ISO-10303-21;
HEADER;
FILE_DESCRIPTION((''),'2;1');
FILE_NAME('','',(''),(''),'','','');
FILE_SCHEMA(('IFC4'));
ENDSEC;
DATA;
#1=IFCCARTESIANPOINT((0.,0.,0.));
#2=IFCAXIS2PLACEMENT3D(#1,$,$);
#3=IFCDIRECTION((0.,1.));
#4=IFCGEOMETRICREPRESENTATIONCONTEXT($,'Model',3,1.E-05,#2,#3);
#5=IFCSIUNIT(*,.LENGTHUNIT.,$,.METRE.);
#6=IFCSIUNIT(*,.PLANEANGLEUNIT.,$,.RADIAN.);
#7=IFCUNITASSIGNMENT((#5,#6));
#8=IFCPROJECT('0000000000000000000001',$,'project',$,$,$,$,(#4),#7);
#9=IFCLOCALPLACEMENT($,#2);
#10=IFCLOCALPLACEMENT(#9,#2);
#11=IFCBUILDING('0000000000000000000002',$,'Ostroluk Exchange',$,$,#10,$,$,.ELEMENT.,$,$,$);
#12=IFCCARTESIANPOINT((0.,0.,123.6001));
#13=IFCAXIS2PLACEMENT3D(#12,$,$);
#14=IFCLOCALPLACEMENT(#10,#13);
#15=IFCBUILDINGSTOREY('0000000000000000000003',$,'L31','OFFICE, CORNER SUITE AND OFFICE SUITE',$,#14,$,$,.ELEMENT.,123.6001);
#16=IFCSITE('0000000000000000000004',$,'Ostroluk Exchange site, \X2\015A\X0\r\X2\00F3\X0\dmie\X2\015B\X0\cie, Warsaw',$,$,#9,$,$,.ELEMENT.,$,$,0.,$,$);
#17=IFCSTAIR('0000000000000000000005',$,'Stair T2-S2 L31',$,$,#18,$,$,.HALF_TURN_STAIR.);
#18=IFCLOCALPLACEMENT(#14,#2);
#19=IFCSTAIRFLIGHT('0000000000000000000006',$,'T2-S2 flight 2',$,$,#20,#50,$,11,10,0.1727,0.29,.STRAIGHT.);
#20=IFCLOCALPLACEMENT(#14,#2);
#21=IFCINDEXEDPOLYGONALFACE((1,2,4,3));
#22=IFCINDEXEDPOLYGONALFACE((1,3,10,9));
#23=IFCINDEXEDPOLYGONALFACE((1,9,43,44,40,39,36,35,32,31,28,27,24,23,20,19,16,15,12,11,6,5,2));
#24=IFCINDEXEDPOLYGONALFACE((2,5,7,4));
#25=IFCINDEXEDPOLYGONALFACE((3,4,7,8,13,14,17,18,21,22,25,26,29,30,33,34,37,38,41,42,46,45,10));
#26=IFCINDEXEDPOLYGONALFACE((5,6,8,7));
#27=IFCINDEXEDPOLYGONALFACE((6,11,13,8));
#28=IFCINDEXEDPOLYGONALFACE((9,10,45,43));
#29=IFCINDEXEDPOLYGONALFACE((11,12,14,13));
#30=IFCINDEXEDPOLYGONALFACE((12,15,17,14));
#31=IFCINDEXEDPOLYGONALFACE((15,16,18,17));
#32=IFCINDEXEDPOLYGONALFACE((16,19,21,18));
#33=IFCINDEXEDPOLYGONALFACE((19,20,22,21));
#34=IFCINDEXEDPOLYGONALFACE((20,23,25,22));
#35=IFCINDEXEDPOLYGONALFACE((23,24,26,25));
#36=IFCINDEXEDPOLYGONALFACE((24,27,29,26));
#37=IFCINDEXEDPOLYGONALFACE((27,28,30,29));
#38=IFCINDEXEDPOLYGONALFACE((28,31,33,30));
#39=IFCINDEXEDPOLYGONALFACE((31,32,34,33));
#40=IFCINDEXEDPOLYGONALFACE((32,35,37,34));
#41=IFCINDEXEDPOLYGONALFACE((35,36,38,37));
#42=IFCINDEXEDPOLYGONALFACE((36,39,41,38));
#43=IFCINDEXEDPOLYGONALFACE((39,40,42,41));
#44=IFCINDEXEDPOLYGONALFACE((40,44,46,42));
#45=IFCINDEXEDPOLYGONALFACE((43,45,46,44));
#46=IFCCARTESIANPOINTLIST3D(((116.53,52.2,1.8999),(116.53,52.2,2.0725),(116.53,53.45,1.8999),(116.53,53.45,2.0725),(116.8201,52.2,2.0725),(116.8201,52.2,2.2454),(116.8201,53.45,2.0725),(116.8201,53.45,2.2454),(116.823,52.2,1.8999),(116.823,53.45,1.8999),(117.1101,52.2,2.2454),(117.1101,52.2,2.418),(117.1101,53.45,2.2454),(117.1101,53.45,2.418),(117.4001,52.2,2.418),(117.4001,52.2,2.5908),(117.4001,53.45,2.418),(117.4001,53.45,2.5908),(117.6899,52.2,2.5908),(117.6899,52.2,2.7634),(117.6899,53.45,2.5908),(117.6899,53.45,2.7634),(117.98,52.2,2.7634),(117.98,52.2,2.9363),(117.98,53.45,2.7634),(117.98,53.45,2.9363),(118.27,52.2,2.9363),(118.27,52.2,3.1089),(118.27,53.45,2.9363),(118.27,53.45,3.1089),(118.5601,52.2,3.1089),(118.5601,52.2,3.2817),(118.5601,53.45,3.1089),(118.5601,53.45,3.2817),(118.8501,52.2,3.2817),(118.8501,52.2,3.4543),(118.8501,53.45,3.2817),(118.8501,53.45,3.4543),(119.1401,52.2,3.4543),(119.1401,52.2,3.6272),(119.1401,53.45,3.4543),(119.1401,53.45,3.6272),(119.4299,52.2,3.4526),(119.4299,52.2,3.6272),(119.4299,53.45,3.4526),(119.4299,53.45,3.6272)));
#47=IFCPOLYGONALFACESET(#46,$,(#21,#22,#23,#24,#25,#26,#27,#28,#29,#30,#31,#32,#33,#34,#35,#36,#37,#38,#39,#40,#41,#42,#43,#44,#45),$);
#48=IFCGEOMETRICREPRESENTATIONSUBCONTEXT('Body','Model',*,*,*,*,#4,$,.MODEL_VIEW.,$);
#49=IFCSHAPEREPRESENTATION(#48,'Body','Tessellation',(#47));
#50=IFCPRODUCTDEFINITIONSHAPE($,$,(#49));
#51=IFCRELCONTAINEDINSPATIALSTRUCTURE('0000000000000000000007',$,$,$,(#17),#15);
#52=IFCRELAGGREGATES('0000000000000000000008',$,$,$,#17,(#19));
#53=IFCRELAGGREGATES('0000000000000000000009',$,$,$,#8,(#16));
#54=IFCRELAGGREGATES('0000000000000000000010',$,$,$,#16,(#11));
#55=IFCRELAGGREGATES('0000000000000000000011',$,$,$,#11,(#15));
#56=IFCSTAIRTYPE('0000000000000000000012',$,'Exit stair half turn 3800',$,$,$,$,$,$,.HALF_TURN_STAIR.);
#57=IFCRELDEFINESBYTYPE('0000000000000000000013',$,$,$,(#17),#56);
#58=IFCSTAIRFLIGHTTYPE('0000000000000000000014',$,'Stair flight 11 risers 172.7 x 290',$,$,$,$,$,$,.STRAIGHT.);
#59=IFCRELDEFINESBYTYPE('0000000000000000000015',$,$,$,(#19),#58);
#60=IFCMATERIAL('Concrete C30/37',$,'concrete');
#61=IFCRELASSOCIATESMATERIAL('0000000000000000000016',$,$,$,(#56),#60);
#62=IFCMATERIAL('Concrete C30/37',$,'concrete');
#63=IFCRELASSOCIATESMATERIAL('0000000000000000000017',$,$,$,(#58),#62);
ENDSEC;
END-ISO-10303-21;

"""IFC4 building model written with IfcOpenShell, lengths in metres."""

from ifc_helpers import new_model, si_unit, direction, frame, origin, place, context, subcontext, project, spatial, polyline, outline, extrude, material, type_object, element, aggregate, save


model = new_model("IFC4")

# Units and contexts
model_context = context("Model", 3, precision=1e-05, world=origin(), true_north=direction((0.0, 1.0)))
body_context = subcontext(model_context, "Body", "Model", "MODEL_VIEW")
ifc_project = project(units=[si_unit("LENGTHUNIT", "METRE"), si_unit("PLANEANGLEUNIT", "RADIAN")], contexts=[model_context])

# Site, building, storey
site_placement = place(None, origin())
site = spatial("IfcSite", under=ifc_project, at=site_placement, Name="Ostroluk Exchange site, Śródmieście, Warsaw", CompositionType="ELEMENT", RefElevation=0.0)
building_placement = place(site_placement, origin())
building = spatial("IfcBuilding", under=site, at=building_placement, Name="Ostroluk Exchange", CompositionType="ELEMENT")
storey_placement = place(building_placement, frame((0.0, 0.0, 123.6001)))
storey = spatial("IfcBuildingStorey", under=building, at=storey_placement, Name="L31", Description="OFFICE, CORNER SUITE AND OFFICE SUITE", CompositionType="ELEMENT", Elevation=123.6001)

# Stair, stair flight
ifc_material_1 = material(Name="Concrete C30/37", Category="concrete")
stair_type = type_object("IfcStairType", Name="Exit stair half turn 3800", PredefinedType="HALF_TURN_STAIR", material=ifc_material_1)
stair_placement = place(storey_placement, origin())
stair = element("IfcStair", 1, at=stair_placement, inside=storey, type_object=stair_type, Name="Stair T2-S2 L31", PredefinedType="HALF_TURN_STAIR")
ifc_material_2 = material(Name="Concrete C30/37", Category="concrete")
stair_flight_type = type_object("IfcStairFlightType", Name="Stair flight 11 risers 172.7 x 290", PredefinedType="STRAIGHT", material=ifc_material_2)
stair_flight_1_placement = place(storey_placement, frame((116.53, 52.825, 1.8999), z_axis=(0.0, 0.0, 1.0), x_axis=(1.0, 0.0, 0.0)))
stair_flight_1 = element("IfcStairFlight", 2, at=stair_flight_1_placement, type_object=stair_flight_type, Name="T2-S2 flight 2", NumberOfRisers=11, NumberOfTreads=10, PredefinedType="STRAIGHT", RiserHeight=0.1727, TreadLength=0.29, context=body_context, shape_type="SweptSolid", body=[
    extrude(outline(polyline([(0.0, 0.0), (0.0, 0.1726), (0.29, 0.1726), (0.29, 0.3455), (0.5801, 0.3455), (0.5801, 0.5181), (0.8701, 0.5181), (0.8701, 0.6909), (1.1599, 0.6909), (1.1599, 0.8635), (1.45, 0.8635), (1.45, 1.0364), (1.74, 1.0364), (1.74, 1.209), (2.03, 1.209), (2.03, 1.3818), (2.3201, 1.3818), (2.3201, 1.5544), (2.6101, 1.5544), (2.6101, 1.7273), (2.8999, 1.7273), (2.8999, 1.8999), (2.8999, 1.5527), (0.293, 0.0), (0.0, 0.0)])), frame((0.0, 0.625, 0.0), z_axis=(0.0, -1.0, 0.0), x_axis=(1.0, 0.0, 0.0)), (0.0, 0.0, 1.0), 1.25),
])
aggregate(stair, [stair_flight_1])

save(model, "model.ifc")
